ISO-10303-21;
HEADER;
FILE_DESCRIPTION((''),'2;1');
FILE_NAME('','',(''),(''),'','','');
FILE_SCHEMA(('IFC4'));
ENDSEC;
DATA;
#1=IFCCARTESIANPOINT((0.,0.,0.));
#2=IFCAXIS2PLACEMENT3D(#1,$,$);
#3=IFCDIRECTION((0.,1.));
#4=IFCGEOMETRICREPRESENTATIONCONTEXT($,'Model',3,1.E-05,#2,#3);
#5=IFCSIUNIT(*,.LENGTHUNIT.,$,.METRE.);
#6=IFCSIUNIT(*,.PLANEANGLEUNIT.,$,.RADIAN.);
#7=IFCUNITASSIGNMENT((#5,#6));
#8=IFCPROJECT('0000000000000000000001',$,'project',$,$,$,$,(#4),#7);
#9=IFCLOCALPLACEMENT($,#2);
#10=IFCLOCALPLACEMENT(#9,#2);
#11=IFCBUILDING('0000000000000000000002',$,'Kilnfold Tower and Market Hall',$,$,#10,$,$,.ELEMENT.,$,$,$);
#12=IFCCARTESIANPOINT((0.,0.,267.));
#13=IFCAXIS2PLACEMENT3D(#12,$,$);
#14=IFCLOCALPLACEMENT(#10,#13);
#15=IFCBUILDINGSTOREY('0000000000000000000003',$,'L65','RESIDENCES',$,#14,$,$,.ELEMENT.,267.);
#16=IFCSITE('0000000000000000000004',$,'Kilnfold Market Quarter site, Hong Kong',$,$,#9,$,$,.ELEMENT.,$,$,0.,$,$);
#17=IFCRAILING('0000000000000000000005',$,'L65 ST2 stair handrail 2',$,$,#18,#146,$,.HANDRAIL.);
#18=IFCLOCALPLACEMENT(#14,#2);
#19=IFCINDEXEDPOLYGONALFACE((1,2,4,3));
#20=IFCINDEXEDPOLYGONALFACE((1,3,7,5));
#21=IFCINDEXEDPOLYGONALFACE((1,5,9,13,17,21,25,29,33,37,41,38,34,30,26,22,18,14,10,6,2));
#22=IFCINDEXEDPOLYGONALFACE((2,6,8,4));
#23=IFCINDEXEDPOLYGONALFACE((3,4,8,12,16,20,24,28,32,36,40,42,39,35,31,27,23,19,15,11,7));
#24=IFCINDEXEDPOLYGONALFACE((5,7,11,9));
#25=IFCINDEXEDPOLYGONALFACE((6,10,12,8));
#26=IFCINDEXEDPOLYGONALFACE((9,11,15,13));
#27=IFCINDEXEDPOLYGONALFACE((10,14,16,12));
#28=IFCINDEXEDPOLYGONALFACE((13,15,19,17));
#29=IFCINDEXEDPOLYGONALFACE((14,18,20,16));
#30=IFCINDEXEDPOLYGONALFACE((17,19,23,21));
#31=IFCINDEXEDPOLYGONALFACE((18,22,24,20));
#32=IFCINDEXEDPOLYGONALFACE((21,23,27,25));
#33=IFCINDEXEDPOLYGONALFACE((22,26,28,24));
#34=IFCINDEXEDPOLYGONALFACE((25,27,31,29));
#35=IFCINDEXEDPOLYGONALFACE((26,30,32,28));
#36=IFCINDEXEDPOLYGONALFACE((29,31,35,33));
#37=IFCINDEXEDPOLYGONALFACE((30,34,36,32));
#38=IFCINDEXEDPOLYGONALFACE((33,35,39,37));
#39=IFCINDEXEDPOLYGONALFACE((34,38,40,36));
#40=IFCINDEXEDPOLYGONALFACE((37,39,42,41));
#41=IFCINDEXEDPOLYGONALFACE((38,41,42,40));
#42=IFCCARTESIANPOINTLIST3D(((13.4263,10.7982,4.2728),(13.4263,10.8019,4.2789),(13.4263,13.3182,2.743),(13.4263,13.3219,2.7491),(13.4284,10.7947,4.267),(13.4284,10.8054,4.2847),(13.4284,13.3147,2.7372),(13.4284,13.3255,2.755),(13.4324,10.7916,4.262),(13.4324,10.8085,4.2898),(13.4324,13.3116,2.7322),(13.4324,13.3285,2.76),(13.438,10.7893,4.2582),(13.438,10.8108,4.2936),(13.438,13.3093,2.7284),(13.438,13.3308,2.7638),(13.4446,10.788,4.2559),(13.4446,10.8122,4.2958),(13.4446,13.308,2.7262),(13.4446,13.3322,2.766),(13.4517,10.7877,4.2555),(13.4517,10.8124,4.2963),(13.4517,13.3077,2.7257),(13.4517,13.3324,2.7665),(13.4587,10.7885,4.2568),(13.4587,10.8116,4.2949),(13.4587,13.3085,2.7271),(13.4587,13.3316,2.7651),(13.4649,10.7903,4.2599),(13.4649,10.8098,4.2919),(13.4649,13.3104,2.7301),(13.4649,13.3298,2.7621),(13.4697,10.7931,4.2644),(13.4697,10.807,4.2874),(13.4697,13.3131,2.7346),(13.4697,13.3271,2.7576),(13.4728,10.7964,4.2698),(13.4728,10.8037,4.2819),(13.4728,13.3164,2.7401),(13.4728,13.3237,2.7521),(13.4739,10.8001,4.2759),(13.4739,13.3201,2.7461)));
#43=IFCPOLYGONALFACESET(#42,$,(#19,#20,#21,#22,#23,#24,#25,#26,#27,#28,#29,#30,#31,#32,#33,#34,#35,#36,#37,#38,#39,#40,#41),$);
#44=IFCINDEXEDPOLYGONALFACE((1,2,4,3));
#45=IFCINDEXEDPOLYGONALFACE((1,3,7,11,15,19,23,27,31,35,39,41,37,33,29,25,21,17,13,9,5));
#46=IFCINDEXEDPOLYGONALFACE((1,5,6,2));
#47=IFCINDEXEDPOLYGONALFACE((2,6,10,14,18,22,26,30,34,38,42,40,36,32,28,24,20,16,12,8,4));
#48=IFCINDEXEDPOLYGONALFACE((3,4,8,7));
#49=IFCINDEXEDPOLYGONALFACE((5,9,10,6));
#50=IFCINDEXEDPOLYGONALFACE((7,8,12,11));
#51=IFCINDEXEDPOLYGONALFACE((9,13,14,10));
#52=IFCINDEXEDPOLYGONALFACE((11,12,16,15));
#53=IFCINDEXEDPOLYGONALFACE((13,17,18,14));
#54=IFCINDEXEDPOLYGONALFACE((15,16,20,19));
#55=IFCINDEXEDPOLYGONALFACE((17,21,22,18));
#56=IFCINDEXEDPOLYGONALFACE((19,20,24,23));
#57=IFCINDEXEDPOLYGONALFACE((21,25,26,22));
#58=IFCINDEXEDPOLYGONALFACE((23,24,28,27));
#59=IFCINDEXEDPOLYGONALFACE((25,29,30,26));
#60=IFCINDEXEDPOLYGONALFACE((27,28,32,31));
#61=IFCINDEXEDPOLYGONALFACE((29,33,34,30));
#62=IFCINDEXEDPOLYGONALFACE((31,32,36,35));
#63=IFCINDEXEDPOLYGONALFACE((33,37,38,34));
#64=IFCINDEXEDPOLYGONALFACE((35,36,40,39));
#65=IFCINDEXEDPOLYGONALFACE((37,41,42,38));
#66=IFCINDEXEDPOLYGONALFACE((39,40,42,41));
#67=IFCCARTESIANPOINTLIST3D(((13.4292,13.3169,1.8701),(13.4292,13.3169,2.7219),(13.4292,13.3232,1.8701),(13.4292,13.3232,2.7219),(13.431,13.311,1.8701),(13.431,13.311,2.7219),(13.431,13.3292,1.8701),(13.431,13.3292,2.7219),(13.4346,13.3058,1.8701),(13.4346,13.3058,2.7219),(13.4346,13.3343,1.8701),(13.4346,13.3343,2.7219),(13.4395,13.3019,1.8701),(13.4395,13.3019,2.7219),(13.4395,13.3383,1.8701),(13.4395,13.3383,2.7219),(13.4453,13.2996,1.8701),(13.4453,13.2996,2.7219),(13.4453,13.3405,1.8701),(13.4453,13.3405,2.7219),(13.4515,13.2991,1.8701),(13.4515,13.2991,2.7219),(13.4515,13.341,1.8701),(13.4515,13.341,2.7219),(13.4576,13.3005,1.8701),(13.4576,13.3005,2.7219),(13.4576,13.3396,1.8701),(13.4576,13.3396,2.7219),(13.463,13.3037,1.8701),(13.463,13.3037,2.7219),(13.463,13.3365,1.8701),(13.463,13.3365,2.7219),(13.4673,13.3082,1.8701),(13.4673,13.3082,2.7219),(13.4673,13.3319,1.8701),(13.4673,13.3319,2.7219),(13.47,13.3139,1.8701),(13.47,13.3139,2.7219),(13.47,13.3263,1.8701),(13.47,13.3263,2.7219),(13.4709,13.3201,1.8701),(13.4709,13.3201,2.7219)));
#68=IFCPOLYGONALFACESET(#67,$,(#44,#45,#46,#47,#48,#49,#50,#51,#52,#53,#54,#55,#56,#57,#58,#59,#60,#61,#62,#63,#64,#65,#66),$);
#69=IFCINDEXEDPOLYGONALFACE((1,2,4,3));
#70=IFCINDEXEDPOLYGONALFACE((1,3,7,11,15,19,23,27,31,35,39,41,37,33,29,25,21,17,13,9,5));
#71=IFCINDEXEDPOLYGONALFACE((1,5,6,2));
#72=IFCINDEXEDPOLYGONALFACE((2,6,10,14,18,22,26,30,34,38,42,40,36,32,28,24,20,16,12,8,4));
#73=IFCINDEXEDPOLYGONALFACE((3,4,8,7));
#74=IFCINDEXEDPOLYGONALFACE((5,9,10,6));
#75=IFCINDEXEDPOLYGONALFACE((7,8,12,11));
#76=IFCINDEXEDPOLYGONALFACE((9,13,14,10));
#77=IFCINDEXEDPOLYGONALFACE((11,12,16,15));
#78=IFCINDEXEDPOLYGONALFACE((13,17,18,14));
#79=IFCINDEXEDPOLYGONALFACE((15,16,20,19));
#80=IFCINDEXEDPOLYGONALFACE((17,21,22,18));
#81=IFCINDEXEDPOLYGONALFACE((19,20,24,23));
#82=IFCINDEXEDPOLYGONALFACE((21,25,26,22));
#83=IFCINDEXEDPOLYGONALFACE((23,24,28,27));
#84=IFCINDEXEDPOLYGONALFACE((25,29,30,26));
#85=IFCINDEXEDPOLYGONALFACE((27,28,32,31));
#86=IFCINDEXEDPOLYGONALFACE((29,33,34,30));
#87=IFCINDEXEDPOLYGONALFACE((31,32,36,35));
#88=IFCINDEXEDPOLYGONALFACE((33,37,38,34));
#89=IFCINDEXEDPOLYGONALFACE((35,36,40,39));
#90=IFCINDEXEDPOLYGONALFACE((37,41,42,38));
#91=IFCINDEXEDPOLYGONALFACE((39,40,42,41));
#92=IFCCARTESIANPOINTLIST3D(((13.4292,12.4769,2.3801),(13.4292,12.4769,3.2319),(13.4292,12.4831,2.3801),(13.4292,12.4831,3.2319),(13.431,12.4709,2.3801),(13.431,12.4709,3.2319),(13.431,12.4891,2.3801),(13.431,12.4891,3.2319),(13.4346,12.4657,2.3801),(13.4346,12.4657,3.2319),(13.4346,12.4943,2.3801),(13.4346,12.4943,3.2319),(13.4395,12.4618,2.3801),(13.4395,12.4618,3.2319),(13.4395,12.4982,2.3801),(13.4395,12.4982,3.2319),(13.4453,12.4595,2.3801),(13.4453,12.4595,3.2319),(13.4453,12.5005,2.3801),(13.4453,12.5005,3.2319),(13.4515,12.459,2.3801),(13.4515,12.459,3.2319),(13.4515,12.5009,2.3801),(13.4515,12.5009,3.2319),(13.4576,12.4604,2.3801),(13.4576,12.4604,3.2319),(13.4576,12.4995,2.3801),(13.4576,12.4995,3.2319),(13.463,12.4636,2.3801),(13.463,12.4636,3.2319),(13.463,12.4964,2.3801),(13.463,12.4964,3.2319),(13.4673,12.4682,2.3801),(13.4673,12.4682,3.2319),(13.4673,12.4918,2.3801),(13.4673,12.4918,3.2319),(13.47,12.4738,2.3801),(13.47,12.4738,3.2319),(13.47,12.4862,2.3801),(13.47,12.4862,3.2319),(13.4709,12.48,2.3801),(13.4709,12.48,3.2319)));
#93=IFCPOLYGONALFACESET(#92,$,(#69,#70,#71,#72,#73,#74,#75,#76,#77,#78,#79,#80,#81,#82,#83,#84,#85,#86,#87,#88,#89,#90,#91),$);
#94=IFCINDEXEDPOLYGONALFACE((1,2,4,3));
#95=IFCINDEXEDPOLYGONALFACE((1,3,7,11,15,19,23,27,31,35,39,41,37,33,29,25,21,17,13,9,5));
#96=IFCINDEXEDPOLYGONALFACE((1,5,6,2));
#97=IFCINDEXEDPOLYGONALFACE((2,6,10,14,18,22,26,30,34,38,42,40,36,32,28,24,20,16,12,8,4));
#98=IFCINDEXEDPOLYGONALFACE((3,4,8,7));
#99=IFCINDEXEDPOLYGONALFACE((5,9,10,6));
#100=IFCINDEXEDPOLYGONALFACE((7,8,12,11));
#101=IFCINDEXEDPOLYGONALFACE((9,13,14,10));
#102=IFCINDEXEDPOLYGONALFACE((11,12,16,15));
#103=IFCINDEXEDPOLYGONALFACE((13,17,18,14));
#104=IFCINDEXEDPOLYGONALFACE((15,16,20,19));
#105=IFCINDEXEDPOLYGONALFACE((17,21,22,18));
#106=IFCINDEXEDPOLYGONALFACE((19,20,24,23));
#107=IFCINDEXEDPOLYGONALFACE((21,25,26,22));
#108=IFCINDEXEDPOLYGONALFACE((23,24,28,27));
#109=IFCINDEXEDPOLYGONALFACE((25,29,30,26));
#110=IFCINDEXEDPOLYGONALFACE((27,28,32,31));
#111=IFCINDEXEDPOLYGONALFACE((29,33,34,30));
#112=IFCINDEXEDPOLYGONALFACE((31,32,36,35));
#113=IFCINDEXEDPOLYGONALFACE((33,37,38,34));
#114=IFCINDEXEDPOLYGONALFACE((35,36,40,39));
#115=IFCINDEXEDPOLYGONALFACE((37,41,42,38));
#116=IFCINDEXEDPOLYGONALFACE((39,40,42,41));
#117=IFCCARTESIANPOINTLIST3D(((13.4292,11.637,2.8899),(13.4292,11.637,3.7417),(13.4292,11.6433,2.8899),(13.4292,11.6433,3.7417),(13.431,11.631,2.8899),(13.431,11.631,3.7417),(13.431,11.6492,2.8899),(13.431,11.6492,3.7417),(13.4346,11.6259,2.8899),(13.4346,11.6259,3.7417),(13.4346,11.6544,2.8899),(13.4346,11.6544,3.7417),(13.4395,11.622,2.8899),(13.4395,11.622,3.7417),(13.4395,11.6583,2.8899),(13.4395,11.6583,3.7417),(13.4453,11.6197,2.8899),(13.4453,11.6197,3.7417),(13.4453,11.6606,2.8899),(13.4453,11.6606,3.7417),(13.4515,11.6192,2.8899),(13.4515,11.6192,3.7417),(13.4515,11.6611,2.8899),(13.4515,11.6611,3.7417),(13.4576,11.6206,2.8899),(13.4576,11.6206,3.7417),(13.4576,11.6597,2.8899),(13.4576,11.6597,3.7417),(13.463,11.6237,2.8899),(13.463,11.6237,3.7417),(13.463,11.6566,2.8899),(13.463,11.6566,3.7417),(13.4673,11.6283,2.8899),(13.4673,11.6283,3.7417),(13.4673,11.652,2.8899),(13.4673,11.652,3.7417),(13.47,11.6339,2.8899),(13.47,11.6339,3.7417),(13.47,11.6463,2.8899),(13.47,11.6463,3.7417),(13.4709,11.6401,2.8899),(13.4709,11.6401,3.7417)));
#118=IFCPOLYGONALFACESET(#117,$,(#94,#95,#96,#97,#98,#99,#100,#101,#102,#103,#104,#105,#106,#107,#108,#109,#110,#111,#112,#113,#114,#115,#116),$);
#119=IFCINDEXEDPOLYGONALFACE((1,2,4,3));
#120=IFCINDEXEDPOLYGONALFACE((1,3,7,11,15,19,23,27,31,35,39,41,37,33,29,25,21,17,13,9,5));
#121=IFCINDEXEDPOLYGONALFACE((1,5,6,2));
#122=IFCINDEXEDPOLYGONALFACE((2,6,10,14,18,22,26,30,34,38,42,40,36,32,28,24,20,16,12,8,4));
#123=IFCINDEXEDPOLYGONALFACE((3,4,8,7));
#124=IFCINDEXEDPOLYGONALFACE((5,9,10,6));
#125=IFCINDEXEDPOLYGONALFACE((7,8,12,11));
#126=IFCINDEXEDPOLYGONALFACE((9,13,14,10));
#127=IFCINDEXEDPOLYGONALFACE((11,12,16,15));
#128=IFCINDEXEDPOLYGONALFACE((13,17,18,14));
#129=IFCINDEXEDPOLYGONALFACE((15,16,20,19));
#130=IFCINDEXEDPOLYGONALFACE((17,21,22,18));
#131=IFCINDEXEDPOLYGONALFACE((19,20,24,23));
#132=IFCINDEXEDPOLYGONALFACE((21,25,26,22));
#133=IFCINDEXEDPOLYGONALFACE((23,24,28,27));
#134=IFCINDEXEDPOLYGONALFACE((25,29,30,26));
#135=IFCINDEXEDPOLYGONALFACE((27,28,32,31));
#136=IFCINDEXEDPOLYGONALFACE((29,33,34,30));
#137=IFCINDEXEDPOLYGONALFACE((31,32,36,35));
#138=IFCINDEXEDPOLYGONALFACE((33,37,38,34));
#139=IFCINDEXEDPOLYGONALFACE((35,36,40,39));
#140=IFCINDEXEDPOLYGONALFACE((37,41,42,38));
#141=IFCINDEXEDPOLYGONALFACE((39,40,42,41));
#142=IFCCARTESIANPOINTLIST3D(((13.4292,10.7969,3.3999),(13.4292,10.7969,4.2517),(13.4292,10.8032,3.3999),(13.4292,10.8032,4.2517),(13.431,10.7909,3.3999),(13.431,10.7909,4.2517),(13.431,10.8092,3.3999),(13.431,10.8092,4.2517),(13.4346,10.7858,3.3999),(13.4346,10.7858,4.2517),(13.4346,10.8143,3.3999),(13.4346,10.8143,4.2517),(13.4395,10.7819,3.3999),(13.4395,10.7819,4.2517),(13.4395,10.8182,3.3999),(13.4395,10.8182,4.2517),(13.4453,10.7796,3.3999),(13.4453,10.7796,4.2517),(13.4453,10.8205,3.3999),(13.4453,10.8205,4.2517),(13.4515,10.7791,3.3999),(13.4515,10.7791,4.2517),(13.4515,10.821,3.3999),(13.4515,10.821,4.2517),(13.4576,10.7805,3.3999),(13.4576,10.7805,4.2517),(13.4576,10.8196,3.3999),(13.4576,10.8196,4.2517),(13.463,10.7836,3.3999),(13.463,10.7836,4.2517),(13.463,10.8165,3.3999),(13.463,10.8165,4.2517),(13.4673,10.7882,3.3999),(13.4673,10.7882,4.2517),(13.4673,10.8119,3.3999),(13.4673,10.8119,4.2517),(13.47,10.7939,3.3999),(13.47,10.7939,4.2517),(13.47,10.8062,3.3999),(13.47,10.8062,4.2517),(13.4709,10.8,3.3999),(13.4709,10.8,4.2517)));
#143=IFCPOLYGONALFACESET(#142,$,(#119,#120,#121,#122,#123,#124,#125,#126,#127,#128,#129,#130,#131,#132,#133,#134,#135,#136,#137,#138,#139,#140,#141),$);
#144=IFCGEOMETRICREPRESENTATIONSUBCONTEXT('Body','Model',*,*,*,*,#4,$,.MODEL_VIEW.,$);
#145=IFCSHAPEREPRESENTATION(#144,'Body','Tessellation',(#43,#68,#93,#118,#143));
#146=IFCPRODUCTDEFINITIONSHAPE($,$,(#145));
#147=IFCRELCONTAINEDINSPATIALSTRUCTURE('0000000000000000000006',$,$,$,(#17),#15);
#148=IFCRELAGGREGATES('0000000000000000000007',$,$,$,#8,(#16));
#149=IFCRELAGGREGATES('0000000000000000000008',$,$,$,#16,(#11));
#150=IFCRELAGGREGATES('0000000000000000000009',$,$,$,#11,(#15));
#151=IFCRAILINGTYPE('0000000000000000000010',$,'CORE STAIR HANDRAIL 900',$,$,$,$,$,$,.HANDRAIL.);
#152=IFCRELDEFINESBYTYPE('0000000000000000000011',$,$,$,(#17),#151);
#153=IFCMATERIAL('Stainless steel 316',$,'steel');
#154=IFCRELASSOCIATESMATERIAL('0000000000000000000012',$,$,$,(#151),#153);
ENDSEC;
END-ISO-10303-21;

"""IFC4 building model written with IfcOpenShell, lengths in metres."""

from ifc_helpers import new_model, si_unit, direction, frame, origin, origin_2d, place, context, subcontext, project, spatial, circle, extrude, material, type_object, element, save


model = new_model("IFC4")

# Units and contexts
model_context = context("Model", 3, precision=1e-05, world=origin(), true_north=direction((0.0, 1.0)))
body_context = subcontext(model_context, "Body", "Model", "MODEL_VIEW")
ifc_project = project(units=[si_unit("LENGTHUNIT", "METRE"), si_unit("PLANEANGLEUNIT", "RADIAN")], contexts=[model_context])

# Site, building, storey
site_placement = place(None, origin())
site = spatial("IfcSite", under=ifc_project, at=site_placement, Name="Kilnfold Market Quarter site, Hong Kong", CompositionType="ELEMENT", RefElevation=0.0)
building_placement = place(site_placement, origin())
building = spatial("IfcBuilding", under=site, at=building_placement, Name="Kilnfold Tower and Market Hall", CompositionType="ELEMENT")
storey_placement = place(building_placement, frame((0.0, 0.0, 267.0)))
storey = spatial("IfcBuildingStorey", under=building, at=storey_placement, Name="L65", Description="RESIDENCES", CompositionType="ELEMENT", Elevation=267.0)

# Railing
ifc_material_1 = material(Name="Stainless steel 316", Category="steel")
railing_type_1 = type_object("IfcRailingType", Name="CORE STAIR HANDRAIL 900", PredefinedType="HANDRAIL", material=ifc_material_1)
railing_1_placement = place(storey_placement, frame((13.45, 13.3201, 1.8701)))
element("IfcRailing", 1, at=railing_1_placement, inside=storey, type_object=railing_type_1, Name="L65 ST2 stair handrail 2", PredefinedType="HANDRAIL", context=body_context, shape_type="SweptSolid", body=[
    extrude(circle(Radius=0.0239, at=origin_2d()), frame((0.0, 0.0, 0.876), z_axis=(0.0, -0.854822, 0.518922), x_axis=(1.0, 0.0, 0.0)), (0.0, 0.0, 1.0), 2.948),
    extrude(circle(Radius=0.021, at=origin_2d()), origin(), (0.0, 0.0, 1.0), 0.8518),
    extrude(circle(Radius=0.021, at=origin_2d()), frame((0.0, -0.8401, 0.51)), (0.0, 0.0, 1.0), 0.8518),
    extrude(circle(Radius=0.021, at=origin_2d()), frame((0.0, -1.6799, 1.0198)), (0.0, 0.0, 1.0), 0.8518),
    extrude(circle(Radius=0.021, at=origin_2d()), frame((0.0, -2.52, 1.5298)), (0.0, 0.0, 1.0), 0.8518),
])

save(model, "model.ifc")
